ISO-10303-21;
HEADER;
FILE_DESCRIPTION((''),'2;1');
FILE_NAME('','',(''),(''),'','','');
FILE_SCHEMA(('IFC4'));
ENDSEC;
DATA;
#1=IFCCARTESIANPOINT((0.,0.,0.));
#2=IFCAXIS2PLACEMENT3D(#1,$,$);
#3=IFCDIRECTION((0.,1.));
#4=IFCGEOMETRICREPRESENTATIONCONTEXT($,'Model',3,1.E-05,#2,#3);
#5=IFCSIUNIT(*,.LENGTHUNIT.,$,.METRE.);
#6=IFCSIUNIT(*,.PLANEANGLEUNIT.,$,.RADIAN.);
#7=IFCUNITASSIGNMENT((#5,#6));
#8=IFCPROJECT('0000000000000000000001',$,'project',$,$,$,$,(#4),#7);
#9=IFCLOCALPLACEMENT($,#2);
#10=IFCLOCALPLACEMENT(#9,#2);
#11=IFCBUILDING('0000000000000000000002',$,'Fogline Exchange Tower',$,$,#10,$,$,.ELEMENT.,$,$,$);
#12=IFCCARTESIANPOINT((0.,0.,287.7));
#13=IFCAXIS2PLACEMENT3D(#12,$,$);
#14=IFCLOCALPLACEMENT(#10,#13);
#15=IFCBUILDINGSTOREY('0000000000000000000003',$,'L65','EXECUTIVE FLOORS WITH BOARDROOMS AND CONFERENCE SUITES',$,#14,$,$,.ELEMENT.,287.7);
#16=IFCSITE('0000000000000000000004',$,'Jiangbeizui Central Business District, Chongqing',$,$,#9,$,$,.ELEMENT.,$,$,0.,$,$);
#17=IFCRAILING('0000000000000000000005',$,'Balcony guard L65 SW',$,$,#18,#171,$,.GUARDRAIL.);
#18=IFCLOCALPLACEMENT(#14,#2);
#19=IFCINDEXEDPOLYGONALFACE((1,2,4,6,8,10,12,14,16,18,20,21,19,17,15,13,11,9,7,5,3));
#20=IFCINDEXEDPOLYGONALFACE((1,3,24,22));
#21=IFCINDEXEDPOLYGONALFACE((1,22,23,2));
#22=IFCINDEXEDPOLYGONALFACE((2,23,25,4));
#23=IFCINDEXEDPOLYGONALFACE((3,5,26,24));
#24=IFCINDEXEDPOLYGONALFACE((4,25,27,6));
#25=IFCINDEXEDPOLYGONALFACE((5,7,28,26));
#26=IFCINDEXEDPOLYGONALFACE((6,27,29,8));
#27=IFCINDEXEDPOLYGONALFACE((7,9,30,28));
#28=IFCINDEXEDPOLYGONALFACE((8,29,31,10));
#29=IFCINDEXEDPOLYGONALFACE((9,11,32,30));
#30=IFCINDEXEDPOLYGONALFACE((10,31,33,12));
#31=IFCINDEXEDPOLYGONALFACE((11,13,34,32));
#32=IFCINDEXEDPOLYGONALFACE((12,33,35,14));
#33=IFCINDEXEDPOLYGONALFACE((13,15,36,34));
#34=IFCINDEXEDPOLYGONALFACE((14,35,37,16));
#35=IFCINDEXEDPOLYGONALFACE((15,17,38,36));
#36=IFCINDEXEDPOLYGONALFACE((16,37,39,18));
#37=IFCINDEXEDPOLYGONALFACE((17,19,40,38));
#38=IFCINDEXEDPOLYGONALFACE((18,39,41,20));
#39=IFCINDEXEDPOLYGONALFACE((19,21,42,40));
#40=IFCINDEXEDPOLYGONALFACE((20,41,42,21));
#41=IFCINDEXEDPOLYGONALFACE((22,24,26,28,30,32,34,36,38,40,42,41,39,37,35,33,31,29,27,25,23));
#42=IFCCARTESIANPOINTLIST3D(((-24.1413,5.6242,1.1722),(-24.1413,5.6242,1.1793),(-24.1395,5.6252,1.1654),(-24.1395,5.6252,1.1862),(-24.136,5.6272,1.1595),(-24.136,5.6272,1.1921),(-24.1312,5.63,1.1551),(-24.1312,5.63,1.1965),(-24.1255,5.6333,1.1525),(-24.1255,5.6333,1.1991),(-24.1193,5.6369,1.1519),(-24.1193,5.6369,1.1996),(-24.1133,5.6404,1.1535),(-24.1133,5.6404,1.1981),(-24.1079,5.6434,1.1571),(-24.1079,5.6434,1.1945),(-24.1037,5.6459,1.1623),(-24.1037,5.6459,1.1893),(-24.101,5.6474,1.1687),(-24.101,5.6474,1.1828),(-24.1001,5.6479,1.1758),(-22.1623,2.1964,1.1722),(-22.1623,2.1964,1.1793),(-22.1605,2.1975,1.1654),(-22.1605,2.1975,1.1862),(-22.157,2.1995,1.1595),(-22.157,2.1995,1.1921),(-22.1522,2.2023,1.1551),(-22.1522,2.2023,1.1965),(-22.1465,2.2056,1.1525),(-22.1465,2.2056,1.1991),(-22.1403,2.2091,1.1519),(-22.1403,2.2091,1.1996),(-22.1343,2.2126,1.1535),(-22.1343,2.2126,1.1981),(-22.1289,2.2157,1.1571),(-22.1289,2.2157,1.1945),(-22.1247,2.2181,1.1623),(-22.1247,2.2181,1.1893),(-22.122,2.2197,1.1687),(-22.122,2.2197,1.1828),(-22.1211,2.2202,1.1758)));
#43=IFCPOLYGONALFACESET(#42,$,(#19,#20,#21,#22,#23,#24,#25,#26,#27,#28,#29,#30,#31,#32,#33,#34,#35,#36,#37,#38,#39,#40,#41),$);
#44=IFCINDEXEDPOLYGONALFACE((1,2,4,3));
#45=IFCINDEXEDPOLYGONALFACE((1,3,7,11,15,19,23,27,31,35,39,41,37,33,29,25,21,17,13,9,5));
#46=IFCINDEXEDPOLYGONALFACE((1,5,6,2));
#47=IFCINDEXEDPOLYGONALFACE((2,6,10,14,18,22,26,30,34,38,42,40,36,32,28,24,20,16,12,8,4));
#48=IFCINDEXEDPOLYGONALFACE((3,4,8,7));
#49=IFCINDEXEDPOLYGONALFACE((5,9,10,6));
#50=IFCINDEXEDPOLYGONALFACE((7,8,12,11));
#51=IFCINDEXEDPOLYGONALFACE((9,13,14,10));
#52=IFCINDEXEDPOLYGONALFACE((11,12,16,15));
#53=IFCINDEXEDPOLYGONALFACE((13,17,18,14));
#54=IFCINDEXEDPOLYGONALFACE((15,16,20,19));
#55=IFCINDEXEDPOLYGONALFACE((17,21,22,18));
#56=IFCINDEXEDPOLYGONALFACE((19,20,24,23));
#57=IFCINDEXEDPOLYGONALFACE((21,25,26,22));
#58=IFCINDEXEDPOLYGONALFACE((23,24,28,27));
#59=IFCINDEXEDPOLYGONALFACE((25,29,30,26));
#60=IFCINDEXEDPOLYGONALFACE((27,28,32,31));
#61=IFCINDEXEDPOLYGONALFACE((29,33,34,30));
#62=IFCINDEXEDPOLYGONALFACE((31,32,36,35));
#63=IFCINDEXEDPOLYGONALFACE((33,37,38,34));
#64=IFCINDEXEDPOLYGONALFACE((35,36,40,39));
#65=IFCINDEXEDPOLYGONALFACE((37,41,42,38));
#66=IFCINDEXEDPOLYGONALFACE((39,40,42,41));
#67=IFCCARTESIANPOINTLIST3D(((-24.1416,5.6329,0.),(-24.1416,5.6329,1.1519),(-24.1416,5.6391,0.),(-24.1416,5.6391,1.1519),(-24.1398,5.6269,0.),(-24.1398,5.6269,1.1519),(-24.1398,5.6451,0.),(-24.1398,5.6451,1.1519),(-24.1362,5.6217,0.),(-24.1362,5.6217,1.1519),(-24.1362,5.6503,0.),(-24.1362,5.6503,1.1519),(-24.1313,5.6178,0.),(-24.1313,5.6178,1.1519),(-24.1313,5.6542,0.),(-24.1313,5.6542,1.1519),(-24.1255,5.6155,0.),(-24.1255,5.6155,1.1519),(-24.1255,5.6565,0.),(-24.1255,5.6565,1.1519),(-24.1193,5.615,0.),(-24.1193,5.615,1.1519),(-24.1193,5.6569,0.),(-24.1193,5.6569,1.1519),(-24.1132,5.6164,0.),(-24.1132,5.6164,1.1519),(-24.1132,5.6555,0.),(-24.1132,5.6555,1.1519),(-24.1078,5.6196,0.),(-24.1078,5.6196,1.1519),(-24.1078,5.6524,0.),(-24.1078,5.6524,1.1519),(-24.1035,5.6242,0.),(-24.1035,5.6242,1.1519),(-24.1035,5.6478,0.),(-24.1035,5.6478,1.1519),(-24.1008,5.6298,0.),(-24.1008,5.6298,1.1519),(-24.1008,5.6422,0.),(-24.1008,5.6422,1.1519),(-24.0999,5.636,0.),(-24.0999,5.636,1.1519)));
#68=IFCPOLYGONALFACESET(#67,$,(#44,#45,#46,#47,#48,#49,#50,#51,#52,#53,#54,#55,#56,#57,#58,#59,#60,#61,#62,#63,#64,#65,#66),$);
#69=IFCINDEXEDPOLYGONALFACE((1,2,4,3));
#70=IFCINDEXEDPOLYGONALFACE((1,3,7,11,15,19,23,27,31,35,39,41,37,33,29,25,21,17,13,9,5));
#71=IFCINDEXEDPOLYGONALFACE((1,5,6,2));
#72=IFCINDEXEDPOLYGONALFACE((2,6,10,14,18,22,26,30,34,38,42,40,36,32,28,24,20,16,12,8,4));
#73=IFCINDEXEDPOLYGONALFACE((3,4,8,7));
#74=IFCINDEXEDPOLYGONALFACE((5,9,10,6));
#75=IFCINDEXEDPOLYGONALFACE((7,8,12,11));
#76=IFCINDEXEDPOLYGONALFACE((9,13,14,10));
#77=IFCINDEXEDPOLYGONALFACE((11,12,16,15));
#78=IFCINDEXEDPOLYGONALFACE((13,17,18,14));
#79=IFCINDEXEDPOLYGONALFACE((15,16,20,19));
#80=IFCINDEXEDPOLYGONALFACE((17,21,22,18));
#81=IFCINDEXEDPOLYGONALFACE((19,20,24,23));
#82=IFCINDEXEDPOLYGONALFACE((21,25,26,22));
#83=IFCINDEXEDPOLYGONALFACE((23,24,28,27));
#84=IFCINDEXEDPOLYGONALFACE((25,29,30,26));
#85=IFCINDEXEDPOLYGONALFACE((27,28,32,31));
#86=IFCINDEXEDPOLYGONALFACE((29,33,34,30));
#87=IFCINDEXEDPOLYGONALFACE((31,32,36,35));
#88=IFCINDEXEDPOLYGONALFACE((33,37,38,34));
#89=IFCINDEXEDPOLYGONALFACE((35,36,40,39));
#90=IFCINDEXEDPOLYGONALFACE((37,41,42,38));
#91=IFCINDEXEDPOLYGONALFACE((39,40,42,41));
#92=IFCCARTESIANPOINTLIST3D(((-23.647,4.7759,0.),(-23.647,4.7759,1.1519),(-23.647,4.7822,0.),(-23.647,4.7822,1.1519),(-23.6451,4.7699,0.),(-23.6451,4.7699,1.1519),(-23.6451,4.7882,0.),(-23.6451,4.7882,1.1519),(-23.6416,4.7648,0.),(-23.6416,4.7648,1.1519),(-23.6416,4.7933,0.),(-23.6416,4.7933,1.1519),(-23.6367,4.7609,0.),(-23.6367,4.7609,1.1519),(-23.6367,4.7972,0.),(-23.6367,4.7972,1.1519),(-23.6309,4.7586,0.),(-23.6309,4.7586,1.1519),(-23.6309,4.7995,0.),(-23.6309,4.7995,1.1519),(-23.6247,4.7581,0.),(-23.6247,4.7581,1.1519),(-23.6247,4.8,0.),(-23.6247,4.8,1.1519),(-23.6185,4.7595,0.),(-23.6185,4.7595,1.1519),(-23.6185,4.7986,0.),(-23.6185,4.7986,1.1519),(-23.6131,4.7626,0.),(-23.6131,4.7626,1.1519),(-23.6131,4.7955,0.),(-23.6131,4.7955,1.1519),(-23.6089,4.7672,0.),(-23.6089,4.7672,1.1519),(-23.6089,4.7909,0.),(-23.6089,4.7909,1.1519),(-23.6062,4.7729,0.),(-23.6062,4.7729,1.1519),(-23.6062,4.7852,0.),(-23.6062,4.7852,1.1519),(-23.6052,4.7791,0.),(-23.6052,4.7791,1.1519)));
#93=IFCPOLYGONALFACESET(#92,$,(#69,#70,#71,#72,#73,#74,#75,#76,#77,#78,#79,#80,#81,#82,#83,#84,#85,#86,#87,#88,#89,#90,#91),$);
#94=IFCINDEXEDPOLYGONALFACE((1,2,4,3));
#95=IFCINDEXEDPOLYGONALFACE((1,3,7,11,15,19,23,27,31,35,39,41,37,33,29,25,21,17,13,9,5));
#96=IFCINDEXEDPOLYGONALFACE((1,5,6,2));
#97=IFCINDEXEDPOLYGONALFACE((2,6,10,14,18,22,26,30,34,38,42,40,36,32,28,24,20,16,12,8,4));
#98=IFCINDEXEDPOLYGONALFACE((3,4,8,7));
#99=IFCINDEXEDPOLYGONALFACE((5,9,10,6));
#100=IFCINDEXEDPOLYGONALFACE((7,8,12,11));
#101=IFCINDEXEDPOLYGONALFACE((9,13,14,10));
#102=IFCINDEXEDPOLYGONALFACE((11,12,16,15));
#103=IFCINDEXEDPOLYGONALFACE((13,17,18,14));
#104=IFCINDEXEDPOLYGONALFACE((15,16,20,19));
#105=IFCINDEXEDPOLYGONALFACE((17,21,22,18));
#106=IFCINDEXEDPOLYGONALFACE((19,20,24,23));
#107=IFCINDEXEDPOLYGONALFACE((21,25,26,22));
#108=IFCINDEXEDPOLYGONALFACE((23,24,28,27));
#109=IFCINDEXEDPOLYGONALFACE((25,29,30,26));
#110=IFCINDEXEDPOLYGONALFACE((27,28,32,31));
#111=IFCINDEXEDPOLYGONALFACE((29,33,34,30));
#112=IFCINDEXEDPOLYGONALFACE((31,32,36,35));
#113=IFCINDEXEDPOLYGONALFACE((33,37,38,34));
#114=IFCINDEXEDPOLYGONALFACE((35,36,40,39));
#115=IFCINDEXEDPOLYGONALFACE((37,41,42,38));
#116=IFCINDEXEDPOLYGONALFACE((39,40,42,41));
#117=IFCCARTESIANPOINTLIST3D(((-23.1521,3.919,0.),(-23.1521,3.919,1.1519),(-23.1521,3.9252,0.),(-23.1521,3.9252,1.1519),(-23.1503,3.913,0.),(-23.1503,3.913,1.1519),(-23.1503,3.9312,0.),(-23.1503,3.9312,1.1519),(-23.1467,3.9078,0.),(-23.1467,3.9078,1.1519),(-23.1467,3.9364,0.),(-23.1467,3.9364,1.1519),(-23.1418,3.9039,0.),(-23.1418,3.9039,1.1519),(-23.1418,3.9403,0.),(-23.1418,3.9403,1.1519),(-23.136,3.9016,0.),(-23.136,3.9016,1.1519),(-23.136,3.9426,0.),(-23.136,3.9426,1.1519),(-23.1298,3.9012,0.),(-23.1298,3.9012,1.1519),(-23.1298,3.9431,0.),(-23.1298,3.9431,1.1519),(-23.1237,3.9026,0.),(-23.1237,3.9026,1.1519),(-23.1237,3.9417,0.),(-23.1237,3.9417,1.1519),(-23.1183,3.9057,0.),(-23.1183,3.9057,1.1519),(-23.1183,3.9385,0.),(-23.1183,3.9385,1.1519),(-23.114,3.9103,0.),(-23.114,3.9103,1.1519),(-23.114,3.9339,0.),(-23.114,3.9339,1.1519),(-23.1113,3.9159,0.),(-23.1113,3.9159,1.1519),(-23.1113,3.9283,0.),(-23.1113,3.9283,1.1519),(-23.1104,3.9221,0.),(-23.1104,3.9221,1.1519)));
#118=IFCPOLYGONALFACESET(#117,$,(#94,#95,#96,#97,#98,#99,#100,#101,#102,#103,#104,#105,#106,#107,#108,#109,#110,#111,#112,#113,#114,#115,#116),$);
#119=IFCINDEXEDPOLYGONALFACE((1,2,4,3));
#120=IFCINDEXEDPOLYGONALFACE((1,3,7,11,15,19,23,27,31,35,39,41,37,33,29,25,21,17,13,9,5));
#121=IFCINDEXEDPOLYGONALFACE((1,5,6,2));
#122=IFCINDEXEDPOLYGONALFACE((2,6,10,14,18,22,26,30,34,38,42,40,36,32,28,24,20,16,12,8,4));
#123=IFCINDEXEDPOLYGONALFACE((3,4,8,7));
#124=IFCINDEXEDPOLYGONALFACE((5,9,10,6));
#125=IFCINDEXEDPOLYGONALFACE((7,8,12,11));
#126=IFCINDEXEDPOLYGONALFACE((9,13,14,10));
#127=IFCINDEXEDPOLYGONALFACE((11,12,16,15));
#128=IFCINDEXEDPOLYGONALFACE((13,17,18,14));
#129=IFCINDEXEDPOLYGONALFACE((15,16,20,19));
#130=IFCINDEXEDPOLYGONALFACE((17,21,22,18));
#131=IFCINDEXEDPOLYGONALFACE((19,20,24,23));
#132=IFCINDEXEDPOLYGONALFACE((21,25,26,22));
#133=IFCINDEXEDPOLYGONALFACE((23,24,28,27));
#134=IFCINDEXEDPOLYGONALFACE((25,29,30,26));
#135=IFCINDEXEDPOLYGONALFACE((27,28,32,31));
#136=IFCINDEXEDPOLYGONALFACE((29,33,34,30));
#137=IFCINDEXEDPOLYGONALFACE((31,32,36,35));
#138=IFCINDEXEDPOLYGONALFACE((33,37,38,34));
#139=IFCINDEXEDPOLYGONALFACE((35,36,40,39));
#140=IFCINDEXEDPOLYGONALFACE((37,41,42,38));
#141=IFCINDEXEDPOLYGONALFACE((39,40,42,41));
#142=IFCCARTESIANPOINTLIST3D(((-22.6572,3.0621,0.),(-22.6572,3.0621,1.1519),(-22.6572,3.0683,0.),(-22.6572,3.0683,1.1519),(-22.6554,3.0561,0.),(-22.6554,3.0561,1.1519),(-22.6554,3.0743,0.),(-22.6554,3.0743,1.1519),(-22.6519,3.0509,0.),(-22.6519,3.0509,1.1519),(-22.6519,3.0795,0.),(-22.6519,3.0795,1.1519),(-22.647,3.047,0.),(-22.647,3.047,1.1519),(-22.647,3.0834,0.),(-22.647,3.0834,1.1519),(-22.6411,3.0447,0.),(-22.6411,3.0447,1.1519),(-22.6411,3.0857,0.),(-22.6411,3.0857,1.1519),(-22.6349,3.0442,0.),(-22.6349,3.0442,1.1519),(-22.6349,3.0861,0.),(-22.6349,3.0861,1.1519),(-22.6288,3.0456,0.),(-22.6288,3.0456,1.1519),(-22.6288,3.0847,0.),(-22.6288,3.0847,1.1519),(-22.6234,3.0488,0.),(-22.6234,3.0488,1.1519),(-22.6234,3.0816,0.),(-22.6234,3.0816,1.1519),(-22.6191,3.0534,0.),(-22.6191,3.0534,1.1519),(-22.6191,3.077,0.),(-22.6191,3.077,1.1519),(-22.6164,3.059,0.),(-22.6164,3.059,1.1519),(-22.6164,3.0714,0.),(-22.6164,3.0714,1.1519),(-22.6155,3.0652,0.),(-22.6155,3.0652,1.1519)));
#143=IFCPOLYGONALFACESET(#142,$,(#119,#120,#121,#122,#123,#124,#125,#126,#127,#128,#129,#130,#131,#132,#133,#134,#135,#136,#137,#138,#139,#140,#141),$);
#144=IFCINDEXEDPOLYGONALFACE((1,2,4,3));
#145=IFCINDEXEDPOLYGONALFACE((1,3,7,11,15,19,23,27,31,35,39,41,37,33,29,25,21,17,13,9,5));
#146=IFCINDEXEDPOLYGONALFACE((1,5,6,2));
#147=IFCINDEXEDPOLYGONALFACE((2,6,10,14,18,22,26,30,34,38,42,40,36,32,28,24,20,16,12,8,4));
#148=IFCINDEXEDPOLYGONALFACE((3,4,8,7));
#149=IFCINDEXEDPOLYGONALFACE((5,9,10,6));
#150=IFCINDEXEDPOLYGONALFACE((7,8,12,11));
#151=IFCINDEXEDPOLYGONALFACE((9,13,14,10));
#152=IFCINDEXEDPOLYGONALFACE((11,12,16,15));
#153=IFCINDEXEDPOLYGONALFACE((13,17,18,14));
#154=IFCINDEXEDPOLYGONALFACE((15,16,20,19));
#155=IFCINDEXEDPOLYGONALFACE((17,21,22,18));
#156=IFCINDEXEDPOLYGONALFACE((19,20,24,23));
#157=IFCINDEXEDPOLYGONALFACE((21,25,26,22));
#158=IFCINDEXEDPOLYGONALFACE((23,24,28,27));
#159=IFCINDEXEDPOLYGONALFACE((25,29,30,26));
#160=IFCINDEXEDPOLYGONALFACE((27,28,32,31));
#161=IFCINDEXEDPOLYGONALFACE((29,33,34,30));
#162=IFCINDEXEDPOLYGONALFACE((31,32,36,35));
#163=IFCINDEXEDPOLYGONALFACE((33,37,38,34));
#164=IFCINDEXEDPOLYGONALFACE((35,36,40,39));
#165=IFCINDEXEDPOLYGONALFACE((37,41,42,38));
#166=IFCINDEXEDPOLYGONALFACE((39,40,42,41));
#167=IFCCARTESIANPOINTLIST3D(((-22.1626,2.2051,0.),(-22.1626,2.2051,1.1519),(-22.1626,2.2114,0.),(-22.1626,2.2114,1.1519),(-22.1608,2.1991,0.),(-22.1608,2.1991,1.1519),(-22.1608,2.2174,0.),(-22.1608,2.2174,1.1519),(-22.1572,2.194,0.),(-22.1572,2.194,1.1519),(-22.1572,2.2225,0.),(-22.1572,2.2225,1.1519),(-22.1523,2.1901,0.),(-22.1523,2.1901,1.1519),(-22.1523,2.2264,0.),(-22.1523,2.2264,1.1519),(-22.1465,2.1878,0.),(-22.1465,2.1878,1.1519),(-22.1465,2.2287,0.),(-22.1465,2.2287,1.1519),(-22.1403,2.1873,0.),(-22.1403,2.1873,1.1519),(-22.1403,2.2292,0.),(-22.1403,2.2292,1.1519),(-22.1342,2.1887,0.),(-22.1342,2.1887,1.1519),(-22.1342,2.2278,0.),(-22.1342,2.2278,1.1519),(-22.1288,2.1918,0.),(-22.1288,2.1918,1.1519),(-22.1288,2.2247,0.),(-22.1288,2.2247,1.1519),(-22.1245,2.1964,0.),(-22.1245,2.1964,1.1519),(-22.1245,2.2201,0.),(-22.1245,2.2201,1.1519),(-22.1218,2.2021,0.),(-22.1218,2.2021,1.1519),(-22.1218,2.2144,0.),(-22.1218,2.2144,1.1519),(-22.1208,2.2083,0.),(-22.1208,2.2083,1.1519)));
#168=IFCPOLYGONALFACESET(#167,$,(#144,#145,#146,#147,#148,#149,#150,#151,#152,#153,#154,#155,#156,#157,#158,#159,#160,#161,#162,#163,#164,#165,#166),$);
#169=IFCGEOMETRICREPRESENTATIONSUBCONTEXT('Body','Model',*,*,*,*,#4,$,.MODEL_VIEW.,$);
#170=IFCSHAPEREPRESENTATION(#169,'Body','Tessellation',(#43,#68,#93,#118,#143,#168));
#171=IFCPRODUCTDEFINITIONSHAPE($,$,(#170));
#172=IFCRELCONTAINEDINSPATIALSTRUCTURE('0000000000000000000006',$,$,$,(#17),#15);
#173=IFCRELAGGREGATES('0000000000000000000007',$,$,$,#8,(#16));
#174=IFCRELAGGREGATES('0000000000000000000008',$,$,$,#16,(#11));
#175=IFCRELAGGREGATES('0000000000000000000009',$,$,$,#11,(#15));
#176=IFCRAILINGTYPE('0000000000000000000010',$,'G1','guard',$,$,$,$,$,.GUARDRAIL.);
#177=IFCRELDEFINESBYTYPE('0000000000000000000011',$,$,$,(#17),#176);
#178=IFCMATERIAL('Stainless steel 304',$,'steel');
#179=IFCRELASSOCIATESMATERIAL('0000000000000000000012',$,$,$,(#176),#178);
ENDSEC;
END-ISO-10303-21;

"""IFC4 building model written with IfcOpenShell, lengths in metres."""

from ifc_helpers import new_model, si_unit, direction, frame, origin, origin_2d, place, context, subcontext, project, spatial, circle, extrude, material, type_object, element, save


model = new_model("IFC4")

# Units and contexts
model_context = context("Model", 3, precision=1e-05, world=origin(), true_north=direction((0.0, 1.0)))
body_context = subcontext(model_context, "Body", "Model", "MODEL_VIEW")
ifc_project = project(units=[si_unit("LENGTHUNIT", "METRE"), si_unit("PLANEANGLEUNIT", "RADIAN")], contexts=[model_context])

# Site, building, storey
site_placement = place(None, origin())
site = spatial("IfcSite", under=ifc_project, at=site_placement, Name="Jiangbeizui Central Business District, Chongqing", CompositionType="ELEMENT", RefElevation=0.0)
building_placement = place(site_placement, origin())
building = spatial("IfcBuilding", under=site, at=building_placement, Name="Fogline Exchange Tower", CompositionType="ELEMENT")
storey_placement = place(building_placement, frame((0.0, 0.0, 287.7)))
storey = spatial("IfcBuildingStorey", under=building, at=storey_placement, Name="L65", Description="EXECUTIVE FLOORS WITH BOARDROOMS AND CONFERENCE SUITES", CompositionType="ELEMENT", Elevation=287.7)

# Railing
ifc_material_1 = material(Name="Stainless steel 304", Category="steel")
railing_type = type_object("IfcRailingType", Name="G1", Description="guard", PredefinedType="GUARDRAIL", material=ifc_material_1)
railing_placement = place(storey_placement, frame((-24.1208, 5.636, 0.0)))
element("IfcRailing", 1, at=railing_placement, inside=storey, type_object=railing_type, Name="Balcony guard L65 SW", PredefinedType="GUARDRAIL", context=body_context, shape_type="SweptSolid", body=[
    extrude(circle(Radius=0.0239, at=origin_2d()), frame((0.0, 0.0, 1.1758), z_axis=(0.5, -0.866025, 0.0), x_axis=(0.866025, 0.5, 0.0)), (0.0, 0.0, 1.0), 3.958),
    extrude(circle(Radius=0.021, at=origin_2d()), origin(), (0.0, 0.0, 1.0), 1.1519),
    extrude(circle(Radius=0.021, at=origin_2d()), frame((0.4946, -0.8569, 0.0)), (0.0, 0.0, 1.0), 1.1519),
    extrude(circle(Radius=0.021, at=origin_2d()), frame((0.9895, -1.7139, 0.0)), (0.0, 0.0, 1.0), 1.1519),
    extrude(circle(Radius=0.021, at=origin_2d()), frame((1.4844, -2.5708, 0.0)), (0.0, 0.0, 1.0), 1.1519),
    extrude(circle(Radius=0.021, at=origin_2d()), frame((1.979, -3.4277, 0.0)), (0.0, 0.0, 1.0), 1.1519),
])

save(model, "model.ifc")
